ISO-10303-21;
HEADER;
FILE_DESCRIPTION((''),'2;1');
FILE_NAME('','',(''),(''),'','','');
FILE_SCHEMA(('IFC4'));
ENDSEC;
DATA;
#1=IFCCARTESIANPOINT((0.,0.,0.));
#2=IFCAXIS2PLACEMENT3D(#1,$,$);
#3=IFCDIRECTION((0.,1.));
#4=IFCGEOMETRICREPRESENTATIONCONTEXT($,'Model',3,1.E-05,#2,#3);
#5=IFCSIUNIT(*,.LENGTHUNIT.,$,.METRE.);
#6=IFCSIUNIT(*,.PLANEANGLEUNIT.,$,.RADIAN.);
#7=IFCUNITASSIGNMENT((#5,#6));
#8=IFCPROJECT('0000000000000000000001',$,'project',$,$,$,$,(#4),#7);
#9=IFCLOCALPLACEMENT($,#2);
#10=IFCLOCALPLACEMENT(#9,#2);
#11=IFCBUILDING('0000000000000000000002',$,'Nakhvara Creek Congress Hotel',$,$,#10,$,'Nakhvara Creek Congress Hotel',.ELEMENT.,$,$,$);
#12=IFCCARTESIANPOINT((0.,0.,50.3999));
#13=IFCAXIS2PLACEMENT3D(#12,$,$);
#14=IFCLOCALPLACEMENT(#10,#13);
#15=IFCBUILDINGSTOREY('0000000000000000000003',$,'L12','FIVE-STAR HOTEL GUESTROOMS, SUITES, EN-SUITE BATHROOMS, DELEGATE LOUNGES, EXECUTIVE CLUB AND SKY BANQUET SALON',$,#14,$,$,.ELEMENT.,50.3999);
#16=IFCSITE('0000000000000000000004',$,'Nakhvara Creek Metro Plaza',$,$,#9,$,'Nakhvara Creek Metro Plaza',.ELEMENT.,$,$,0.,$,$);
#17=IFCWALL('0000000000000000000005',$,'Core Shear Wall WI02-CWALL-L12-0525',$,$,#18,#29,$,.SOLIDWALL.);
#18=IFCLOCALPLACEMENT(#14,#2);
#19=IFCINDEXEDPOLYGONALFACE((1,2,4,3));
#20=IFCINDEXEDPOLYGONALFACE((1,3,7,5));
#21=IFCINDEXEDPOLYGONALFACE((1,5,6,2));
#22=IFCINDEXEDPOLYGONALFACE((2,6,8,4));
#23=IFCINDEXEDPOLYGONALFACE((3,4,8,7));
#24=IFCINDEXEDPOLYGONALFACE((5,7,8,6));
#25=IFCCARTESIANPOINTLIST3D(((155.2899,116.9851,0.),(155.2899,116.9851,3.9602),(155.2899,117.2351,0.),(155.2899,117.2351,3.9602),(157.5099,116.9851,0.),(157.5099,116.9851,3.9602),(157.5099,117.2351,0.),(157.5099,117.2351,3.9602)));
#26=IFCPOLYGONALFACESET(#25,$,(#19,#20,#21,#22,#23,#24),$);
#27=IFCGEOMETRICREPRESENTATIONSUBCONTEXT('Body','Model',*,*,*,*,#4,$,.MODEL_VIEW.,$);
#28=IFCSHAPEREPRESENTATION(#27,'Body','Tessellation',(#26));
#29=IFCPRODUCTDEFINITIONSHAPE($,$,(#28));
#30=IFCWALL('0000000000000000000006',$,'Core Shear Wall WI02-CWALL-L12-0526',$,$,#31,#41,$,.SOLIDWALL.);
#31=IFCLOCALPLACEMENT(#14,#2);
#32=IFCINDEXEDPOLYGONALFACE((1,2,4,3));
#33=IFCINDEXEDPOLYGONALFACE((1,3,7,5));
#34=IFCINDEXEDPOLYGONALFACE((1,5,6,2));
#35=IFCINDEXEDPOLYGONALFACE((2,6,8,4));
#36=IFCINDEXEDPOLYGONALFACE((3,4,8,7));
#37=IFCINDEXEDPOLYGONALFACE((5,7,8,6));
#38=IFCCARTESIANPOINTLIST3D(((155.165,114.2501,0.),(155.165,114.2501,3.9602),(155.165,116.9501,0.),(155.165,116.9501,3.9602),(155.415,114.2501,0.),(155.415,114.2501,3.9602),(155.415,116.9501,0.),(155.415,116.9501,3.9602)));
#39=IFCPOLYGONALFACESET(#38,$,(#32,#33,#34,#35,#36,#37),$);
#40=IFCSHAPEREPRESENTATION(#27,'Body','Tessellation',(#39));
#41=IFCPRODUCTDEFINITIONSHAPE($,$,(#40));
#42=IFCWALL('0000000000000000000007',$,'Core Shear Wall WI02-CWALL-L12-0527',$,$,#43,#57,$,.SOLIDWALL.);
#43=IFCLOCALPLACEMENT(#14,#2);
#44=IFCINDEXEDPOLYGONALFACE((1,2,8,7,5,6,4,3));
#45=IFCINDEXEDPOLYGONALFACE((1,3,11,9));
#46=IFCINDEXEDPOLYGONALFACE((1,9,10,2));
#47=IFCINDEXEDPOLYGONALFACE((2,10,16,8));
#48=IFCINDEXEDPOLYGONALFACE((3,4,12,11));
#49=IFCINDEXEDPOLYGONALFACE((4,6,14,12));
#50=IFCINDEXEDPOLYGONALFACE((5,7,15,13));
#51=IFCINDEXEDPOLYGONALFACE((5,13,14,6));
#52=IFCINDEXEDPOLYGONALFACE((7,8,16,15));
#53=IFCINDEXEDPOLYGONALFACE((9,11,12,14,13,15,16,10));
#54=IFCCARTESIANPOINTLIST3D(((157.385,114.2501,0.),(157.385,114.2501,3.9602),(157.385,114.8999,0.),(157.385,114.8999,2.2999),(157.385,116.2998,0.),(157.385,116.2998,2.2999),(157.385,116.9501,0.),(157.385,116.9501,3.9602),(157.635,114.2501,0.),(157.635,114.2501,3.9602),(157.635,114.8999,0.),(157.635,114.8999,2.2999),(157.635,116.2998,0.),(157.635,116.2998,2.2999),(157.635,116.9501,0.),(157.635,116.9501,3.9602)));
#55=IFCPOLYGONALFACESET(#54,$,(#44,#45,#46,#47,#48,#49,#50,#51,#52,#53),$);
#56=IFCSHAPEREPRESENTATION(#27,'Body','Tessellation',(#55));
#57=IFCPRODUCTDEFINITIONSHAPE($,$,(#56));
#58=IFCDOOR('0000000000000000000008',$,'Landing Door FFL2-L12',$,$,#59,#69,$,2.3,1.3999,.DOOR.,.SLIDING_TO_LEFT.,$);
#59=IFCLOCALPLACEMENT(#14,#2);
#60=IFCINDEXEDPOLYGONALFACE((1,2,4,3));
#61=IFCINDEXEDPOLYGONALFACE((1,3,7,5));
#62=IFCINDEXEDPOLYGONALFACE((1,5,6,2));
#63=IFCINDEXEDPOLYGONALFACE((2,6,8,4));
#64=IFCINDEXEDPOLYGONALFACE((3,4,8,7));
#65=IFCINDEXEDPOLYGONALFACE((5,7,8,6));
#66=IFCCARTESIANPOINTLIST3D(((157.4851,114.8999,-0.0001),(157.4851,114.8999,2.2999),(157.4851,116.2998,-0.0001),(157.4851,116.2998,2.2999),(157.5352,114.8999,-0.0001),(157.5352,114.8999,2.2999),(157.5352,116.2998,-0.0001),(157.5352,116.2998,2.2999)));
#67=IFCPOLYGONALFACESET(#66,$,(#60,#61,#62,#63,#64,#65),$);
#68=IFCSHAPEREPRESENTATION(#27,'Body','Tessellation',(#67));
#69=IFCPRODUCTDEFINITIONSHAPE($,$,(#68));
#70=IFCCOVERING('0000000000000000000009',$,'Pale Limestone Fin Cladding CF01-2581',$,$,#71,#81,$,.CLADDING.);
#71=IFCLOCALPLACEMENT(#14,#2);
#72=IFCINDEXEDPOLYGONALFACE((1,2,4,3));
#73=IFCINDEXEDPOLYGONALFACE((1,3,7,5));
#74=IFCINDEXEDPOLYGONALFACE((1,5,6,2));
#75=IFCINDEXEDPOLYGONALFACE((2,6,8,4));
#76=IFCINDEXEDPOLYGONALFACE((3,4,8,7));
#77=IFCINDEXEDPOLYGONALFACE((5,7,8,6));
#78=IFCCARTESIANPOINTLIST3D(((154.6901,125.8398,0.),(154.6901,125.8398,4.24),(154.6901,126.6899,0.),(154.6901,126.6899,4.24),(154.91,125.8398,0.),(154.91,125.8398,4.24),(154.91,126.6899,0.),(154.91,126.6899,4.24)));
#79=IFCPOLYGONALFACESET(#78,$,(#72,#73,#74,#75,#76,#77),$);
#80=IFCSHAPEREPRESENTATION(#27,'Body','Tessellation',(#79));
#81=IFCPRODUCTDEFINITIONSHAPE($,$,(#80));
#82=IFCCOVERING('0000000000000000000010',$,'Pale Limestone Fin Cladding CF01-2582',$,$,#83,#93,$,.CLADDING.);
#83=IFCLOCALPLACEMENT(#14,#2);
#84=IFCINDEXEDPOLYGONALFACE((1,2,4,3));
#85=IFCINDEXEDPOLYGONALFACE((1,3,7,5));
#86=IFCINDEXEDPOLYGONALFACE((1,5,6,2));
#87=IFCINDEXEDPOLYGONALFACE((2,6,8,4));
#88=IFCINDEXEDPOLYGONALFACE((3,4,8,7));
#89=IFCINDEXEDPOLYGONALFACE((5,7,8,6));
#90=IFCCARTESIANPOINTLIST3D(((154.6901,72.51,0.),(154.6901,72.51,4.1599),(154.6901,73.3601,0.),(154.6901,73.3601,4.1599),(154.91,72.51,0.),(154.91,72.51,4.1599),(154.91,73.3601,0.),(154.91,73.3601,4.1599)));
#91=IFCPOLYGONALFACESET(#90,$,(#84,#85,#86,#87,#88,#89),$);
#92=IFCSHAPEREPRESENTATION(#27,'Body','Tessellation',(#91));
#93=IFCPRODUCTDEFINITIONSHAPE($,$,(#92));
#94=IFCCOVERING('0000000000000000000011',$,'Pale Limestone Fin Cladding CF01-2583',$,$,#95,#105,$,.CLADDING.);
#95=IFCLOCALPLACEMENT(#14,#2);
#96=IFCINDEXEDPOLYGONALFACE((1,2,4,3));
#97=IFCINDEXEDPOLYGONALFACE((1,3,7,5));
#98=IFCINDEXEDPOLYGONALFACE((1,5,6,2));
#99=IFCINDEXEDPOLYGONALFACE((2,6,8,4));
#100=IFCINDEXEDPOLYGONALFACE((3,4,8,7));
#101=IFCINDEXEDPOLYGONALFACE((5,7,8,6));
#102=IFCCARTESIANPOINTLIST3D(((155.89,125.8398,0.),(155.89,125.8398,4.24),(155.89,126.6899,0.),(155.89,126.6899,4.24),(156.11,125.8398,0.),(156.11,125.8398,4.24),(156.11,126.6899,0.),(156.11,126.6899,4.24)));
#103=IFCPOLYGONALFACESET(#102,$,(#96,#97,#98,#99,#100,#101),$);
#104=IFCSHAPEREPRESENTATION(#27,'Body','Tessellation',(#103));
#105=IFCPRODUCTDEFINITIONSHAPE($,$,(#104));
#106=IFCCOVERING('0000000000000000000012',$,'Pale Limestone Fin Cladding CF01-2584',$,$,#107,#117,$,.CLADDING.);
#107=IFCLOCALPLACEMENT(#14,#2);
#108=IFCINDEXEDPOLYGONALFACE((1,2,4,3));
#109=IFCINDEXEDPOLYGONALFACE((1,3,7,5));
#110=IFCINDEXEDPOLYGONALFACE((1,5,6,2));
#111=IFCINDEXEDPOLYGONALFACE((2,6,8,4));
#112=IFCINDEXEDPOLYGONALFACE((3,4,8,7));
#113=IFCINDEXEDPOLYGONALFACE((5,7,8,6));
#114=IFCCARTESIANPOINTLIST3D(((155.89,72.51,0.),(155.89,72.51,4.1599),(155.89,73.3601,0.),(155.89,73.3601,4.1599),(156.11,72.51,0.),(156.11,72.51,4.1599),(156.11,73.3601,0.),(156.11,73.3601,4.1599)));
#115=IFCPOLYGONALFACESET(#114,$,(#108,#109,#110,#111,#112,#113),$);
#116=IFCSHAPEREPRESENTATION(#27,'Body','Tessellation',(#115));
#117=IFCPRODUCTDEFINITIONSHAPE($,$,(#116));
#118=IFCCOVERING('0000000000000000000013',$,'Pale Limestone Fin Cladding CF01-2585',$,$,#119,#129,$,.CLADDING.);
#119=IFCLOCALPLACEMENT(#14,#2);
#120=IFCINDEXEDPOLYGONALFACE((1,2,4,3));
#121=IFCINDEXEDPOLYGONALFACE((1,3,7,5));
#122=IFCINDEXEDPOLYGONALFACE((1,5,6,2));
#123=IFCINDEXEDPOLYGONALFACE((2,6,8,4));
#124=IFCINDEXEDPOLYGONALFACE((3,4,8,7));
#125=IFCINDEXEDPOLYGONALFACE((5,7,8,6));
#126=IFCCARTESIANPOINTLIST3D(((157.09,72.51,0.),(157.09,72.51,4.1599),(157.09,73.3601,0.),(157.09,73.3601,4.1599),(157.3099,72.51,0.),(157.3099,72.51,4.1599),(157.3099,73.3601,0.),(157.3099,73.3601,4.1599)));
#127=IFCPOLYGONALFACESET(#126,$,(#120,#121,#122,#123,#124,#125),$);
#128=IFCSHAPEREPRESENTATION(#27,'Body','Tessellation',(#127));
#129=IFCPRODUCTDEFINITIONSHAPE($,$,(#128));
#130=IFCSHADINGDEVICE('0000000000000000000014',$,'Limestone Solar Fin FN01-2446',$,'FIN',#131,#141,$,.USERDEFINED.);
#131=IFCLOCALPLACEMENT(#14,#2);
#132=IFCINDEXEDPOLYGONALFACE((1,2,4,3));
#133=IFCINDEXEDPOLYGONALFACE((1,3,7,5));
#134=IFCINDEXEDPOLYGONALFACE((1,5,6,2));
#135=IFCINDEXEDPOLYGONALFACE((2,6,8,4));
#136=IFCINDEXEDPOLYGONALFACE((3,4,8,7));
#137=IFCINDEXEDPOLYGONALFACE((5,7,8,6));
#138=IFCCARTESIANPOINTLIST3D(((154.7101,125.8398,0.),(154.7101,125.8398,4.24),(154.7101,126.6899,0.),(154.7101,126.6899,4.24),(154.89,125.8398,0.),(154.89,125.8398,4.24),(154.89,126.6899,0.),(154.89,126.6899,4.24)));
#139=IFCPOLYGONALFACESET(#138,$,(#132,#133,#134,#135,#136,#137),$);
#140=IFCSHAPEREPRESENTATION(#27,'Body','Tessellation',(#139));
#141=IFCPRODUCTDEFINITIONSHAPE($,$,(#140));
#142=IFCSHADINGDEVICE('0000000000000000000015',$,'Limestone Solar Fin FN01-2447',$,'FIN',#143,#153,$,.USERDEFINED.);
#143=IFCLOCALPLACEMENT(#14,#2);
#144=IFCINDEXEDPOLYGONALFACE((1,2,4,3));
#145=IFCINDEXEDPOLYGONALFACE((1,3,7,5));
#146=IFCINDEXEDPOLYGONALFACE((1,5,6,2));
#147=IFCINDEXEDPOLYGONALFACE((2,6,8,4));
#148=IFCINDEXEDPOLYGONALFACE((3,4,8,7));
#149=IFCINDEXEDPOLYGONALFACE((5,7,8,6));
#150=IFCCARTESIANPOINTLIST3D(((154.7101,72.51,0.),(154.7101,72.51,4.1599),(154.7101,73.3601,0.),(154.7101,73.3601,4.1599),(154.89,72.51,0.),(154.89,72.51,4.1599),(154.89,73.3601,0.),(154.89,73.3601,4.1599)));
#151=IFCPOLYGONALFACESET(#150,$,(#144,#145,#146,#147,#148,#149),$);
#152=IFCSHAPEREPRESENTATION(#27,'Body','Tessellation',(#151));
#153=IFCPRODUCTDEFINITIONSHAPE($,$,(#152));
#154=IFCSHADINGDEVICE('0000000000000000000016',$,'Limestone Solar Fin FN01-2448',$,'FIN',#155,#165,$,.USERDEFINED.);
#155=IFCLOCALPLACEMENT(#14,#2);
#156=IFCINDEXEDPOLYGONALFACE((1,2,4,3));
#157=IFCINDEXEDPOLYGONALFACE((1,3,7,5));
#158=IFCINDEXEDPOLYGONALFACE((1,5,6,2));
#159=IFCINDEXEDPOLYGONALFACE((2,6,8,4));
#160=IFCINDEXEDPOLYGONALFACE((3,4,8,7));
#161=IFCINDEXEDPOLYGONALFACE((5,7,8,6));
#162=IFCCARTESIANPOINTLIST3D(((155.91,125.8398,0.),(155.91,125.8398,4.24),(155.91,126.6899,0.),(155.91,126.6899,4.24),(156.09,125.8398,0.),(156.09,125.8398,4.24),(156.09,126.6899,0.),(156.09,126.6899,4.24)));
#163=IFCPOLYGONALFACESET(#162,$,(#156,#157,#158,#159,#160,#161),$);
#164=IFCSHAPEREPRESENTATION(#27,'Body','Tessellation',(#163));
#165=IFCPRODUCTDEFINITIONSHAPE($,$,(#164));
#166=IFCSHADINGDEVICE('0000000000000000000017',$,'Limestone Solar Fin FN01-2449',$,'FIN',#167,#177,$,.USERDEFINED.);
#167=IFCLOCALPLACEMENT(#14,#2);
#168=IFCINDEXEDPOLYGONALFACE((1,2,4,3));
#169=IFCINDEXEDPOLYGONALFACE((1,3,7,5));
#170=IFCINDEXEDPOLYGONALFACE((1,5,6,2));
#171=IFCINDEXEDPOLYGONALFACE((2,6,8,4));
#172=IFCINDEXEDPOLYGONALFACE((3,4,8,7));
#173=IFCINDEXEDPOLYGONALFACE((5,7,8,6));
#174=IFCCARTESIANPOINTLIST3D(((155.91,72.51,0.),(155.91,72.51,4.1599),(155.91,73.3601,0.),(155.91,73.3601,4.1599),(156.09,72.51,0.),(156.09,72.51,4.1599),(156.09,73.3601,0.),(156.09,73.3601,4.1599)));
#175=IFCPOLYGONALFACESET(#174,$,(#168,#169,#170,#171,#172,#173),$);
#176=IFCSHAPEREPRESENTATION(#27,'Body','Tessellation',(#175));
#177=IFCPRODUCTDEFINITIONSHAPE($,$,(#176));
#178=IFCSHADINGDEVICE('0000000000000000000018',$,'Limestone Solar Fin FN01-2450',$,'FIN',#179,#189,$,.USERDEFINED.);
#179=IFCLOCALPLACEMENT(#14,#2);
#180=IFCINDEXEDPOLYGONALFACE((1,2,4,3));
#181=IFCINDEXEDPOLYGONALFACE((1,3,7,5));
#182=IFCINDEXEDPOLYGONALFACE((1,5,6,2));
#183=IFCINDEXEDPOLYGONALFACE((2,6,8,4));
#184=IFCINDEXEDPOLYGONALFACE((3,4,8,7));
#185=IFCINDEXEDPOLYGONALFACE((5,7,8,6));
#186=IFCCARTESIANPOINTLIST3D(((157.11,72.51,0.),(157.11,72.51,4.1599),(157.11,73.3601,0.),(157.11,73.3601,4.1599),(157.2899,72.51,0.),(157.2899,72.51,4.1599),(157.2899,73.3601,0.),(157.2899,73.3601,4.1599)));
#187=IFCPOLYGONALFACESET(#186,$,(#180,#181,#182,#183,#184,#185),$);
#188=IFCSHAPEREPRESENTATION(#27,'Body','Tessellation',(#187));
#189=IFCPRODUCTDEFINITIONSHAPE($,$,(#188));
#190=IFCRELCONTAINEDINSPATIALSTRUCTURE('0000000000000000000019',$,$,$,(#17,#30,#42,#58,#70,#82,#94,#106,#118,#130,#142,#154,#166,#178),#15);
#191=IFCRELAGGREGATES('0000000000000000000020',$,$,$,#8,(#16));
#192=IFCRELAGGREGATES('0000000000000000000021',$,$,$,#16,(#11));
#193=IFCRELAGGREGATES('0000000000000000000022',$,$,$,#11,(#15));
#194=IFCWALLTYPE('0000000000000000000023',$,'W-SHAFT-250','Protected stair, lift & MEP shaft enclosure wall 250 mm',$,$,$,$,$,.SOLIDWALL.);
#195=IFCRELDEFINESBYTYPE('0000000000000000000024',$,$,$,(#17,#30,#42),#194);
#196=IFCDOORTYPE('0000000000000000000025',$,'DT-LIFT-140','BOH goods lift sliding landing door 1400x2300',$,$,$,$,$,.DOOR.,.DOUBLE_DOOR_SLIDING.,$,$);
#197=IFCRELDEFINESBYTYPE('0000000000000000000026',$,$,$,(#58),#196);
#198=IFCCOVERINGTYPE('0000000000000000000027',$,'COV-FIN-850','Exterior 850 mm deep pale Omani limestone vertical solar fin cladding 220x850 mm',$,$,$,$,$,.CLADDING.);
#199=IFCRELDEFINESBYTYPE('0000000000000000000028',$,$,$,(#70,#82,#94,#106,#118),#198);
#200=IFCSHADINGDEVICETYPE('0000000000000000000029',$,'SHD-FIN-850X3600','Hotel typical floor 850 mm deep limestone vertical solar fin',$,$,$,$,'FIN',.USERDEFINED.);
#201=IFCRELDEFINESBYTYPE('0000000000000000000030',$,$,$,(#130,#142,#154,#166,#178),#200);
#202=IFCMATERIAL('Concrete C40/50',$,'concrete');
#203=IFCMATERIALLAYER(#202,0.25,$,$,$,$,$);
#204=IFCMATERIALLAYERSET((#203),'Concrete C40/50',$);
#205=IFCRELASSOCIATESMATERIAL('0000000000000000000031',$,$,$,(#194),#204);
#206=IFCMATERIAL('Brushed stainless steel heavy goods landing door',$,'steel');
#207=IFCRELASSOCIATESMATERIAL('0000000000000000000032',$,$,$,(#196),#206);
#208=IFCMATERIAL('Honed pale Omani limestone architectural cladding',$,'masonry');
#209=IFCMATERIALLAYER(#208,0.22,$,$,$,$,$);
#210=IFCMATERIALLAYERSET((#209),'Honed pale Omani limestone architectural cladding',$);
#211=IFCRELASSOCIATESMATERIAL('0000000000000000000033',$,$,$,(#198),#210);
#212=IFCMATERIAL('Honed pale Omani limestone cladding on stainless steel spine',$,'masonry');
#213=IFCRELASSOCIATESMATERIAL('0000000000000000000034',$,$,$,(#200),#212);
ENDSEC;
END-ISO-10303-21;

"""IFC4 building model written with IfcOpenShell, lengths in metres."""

from ifc_helpers import new_model, si_unit, direction, frame, frame_2d, origin, origin_2d, place, context, subcontext, project, spatial, rectangle, extrude, material, layer, layer_set, type_object, element, fill, save


model = new_model("IFC4")

# Units and contexts
model_context = context("Model", 3, precision=1e-05, world=origin(), true_north=direction((0.0, 1.0)))
body_context = subcontext(model_context, "Body", "Model", "MODEL_VIEW")
ifc_project = project(units=[si_unit("LENGTHUNIT", "METRE"), si_unit("PLANEANGLEUNIT", "RADIAN")], contexts=[model_context])

# Site, building, storey
site_placement = place(None, origin())
site = spatial("IfcSite", under=ifc_project, at=site_placement, Name="Nakhvara Creek Metro Plaza", LongName="Nakhvara Creek Metro Plaza", CompositionType="ELEMENT", RefElevation=0.0)
building_placement = place(site_placement, origin())
building = spatial("IfcBuilding", under=site, at=building_placement, Name="Nakhvara Creek Congress Hotel", LongName="Nakhvara Creek Congress Hotel", CompositionType="ELEMENT")
storey_placement = place(building_placement, frame((0.0, 0.0, 50.3999)))
storey = spatial("IfcBuildingStorey", under=building, at=storey_placement, Name="L12", Description="FIVE-STAR HOTEL GUESTROOMS, SUITES, EN-SUITE BATHROOMS, DELEGATE LOUNGES, EXECUTIVE CLUB AND SKY BANQUET SALON", CompositionType="ELEMENT", Elevation=50.3999)

# Shared definitions
ifc_material_1 = material(Name="Concrete C40/50", Category="concrete")
ifc_layer_1 = layer(ifc_material_1, 0.25)
ifc_layer_set_1 = layer_set([ifc_layer_1], Name="Concrete C40/50")
wall_type_1 = type_object("IfcWallType", Name="W-SHAFT-250", Description="Protected stair, lift & MEP shaft enclosure wall 250 mm", PredefinedType="SOLIDWALL", material=ifc_layer_set_1)

# Shared definitions
ifc_material_2 = material(Name="Brushed stainless steel heavy goods landing door", Category="steel")
door_type = type_object("IfcDoorType", Name="DT-LIFT-140", Description="BOH goods lift sliding landing door 1400x2300", OperationType="DOUBLE_DOOR_SLIDING", PredefinedType="DOOR", material=ifc_material_2)

# Walls
wall_1_placement = place(storey_placement, frame((155.29, 117.1101, 0.0), z_axis=(0.0, 0.0, 1.0), x_axis=(1.0, 0.0, 0.0)))
element("IfcWall", 1, at=wall_1_placement, inside=storey, type_object=wall_type_1, Name="Core Shear Wall WI02-CWALL-L12-0525", PredefinedType="SOLIDWALL", context=body_context, shape_type="SweptSolid", body=[
    extrude(rectangle(XDim=2.22, YDim=0.25, at=frame_2d((1.1099, 0.0))), origin(), (0.0, 0.0, 1.0), 3.9602),
])
wall_2_placement = place(storey_placement, frame((155.29, 114.25, 0.0), z_axis=(0.0, 0.0, 1.0), x_axis=(0.0, 1.0, 0.0)))
element("IfcWall", 2, at=wall_2_placement, inside=storey, type_object=wall_type_1, Name="Core Shear Wall WI02-CWALL-L12-0526", PredefinedType="SOLIDWALL", context=body_context, shape_type="SweptSolid", body=[
    extrude(rectangle(XDim=2.7, YDim=0.25, at=frame_2d((1.3501, 0.0))), origin(), (0.0, 0.0, 1.0), 3.9602),
])

# Wall, opening, door
wall_3_placement = place(storey_placement, frame((157.51, 114.25, 0.0), z_axis=(0.0, 0.0, 1.0), x_axis=(0.0, 1.0, 0.0)))
wall_3 = element("IfcWall", 3, at=wall_3_placement, inside=storey, type_object=wall_type_1, Name="Core Shear Wall WI02-CWALL-L12-0527", PredefinedType="SOLIDWALL", context=body_context, shape_type="SweptSolid", body=[
    extrude(rectangle(XDim=2.7, YDim=0.25, at=frame_2d((1.3501, 0.0))), origin(), (0.0, 0.0, 1.0), 3.9602),
])
opening_1_placement = place(wall_3_placement, frame((0.6499, 0.0, 0.0)))
opening_1 = element("IfcOpeningElement", 4, at=opening_1_placement, cuts=wall_3, PredefinedType="OPENING", context=body_context, shape_type="SweptSolid", body=[
    extrude(rectangle(XDim=1.3999, YDim=2.3, at=frame_2d((0.7, 1.1499))), frame((0.0, 0.137, 0.0), z_axis=(0.0, -1.0, 0.0), x_axis=(1.0, 0.0, 0.0)), (0.0, 0.0, 1.0), 0.2739),
])
door_1_placement = place(opening_1_placement, origin())
door_1 = element("IfcDoor", 5, at=door_1_placement, inside=storey, type_object=door_type, Name="Landing Door FFL2-L12", OperationType="SLIDING_TO_LEFT", OverallHeight=2.3, OverallWidth=1.3999, PredefinedType="DOOR", context=body_context, shape_type="SweptSolid", body=[
    extrude(rectangle(XDim=1.3999, YDim=2.3, at=frame_2d((0.7, 1.1499))), frame((0.0, 0.0249, 0.0), z_axis=(0.0, -1.0, 0.0), x_axis=(1.0, 0.0, 0.0)), (0.0, 0.0, 1.0), 0.05),
])
fill(opening_1, door_1)

# Coverings
ifc_material_3 = material(Name="Honed pale Omani limestone architectural cladding", Category="masonry")
ifc_layer_2 = layer(ifc_material_3, 0.22)
ifc_layer_set_2 = layer_set([ifc_layer_2], Name="Honed pale Omani limestone architectural cladding")
covering_type = type_object("IfcCoveringType", Name="COV-FIN-850", Description="Exterior 850 mm deep pale Omani limestone vertical solar fin cladding 220x850 mm", PredefinedType="CLADDING", material=ifc_layer_set_2)
covering_1_placement = place(storey_placement, frame((154.8, 126.2649, 0.0), z_axis=(0.0, 0.0, 1.0), x_axis=(1.0, 0.0, 0.0)))
element("IfcCovering", 6, at=covering_1_placement, inside=storey, type_object=covering_type, Name="Pale Limestone Fin Cladding CF01-2581", PredefinedType="CLADDING", context=body_context, shape_type="SweptSolid", body=[
    extrude(rectangle(XDim=0.22, YDim=0.8501, at=origin_2d()), origin(), (0.0, 0.0, 1.0), 4.24),
])
covering_2_placement = place(storey_placement, frame((154.8, 72.9351, 0.0), z_axis=(0.0, 0.0, 1.0), x_axis=(1.0, 0.0, 0.0)))
element("IfcCovering", 7, at=covering_2_placement, inside=storey, type_object=covering_type, Name="Pale Limestone Fin Cladding CF01-2582", PredefinedType="CLADDING", context=body_context, shape_type="SweptSolid", body=[
    extrude(rectangle(XDim=0.22, YDim=0.8501, at=origin_2d()), origin(), (0.0, 0.0, 1.0), 4.1599),
])
covering_3_placement = place(storey_placement, frame((156.0, 126.2649, 0.0), z_axis=(0.0, 0.0, 1.0), x_axis=(1.0, 0.0, 0.0)))
element("IfcCovering", 8, at=covering_3_placement, inside=storey, type_object=covering_type, Name="Pale Limestone Fin Cladding CF01-2583", PredefinedType="CLADDING", context=body_context, shape_type="SweptSolid", body=[
    extrude(rectangle(XDim=0.22, YDim=0.8501, at=origin_2d()), origin(), (0.0, 0.0, 1.0), 4.24),
])
for number, where, z_axis, x_axis, name in (
    (9, (156.0, 72.9351, 0.0), (0.0, 0.0, 1.0), (1.0, 0.0, 0.0), "Pale Limestone Fin Cladding CF01-2584"),
    (10, (157.2, 72.9351, 0.0), (0.0, 0.0, 1.0), (1.0, 0.0, 0.0), "Pale Limestone Fin Cladding CF01-2585"),
):
    element("IfcCovering", number, at=place(storey_placement, frame(where, z_axis=z_axis, x_axis=x_axis)), inside=storey, type_object=covering_type, Name=name, PredefinedType="CLADDING", context=body_context, shape_type="SweptSolid", body=[
        extrude(rectangle(XDim=0.22, YDim=0.8501, at=origin_2d()), origin(), (0.0, 0.0, 1.0), 4.1599),
    ])

# Shading devices
ifc_material_4 = material(Name="Honed pale Omani limestone cladding on stainless steel spine", Category="masonry")
shading_device_type = type_object("IfcShadingDeviceType", Name="SHD-FIN-850X3600", Description="Hotel typical floor 850 mm deep limestone vertical solar fin", ElementType="FIN", PredefinedType="USERDEFINED", material=ifc_material_4)
shading_device_1_placement = place(storey_placement, frame((154.8, 126.2649, 0.0), z_axis=(0.0, 0.0, 1.0), x_axis=(1.0, 0.0, 0.0)))
element("IfcShadingDevice", 11, at=shading_device_1_placement, inside=storey, type_object=shading_device_type, Name="Limestone Solar Fin FN01-2446", ObjectType="FIN", PredefinedType="USERDEFINED", context=body_context, shape_type="SweptSolid", body=[
    extrude(rectangle(XDim=0.1799, YDim=0.8501, at=origin_2d()), origin(), (0.0, 0.0, 1.0), 4.24),
])
shading_device_2_placement = place(storey_placement, frame((154.8, 72.9351, 0.0), z_axis=(0.0, 0.0, 1.0), x_axis=(1.0, 0.0, 0.0)))
element("IfcShadingDevice", 12, at=shading_device_2_placement, inside=storey, type_object=shading_device_type, Name="Limestone Solar Fin FN01-2447", ObjectType="FIN", PredefinedType="USERDEFINED", context=body_context, shape_type="SweptSolid", body=[
    extrude(rectangle(XDim=0.1799, YDim=0.8501, at=origin_2d()), origin(), (0.0, 0.0, 1.0), 4.1599),
])
shading_device_3_placement = place(storey_placement, frame((156.0, 126.2649, 0.0), z_axis=(0.0, 0.0, 1.0), x_axis=(1.0, 0.0, 0.0)))
element("IfcShadingDevice", 13, at=shading_device_3_placement, inside=storey, type_object=shading_device_type, Name="Limestone Solar Fin FN01-2448", ObjectType="FIN", PredefinedType="USERDEFINED", context=body_context, shape_type="SweptSolid", body=[
    extrude(rectangle(XDim=0.1799, YDim=0.8501, at=origin_2d()), origin(), (0.0, 0.0, 1.0), 4.24),
])
for number, where, z_axis, x_axis, name in (
    (14, (156.0, 72.9351, 0.0), (0.0, 0.0, 1.0), (1.0, 0.0, 0.0), "Limestone Solar Fin FN01-2449"),
    (15, (157.2, 72.9351, 0.0), (0.0, 0.0, 1.0), (1.0, 0.0, 0.0), "Limestone Solar Fin FN01-2450"),
):
    element("IfcShadingDevice", number, at=place(storey_placement, frame(where, z_axis=z_axis, x_axis=x_axis)), inside=storey, type_object=shading_device_type, Name=name, ObjectType="FIN", PredefinedType="USERDEFINED", context=body_context, shape_type="SweptSolid", body=[
        extrude(rectangle(XDim=0.1799, YDim=0.8501, at=origin_2d()), origin(), (0.0, 0.0, 1.0), 4.1599),
    ])

save(model, "model.ifc")
